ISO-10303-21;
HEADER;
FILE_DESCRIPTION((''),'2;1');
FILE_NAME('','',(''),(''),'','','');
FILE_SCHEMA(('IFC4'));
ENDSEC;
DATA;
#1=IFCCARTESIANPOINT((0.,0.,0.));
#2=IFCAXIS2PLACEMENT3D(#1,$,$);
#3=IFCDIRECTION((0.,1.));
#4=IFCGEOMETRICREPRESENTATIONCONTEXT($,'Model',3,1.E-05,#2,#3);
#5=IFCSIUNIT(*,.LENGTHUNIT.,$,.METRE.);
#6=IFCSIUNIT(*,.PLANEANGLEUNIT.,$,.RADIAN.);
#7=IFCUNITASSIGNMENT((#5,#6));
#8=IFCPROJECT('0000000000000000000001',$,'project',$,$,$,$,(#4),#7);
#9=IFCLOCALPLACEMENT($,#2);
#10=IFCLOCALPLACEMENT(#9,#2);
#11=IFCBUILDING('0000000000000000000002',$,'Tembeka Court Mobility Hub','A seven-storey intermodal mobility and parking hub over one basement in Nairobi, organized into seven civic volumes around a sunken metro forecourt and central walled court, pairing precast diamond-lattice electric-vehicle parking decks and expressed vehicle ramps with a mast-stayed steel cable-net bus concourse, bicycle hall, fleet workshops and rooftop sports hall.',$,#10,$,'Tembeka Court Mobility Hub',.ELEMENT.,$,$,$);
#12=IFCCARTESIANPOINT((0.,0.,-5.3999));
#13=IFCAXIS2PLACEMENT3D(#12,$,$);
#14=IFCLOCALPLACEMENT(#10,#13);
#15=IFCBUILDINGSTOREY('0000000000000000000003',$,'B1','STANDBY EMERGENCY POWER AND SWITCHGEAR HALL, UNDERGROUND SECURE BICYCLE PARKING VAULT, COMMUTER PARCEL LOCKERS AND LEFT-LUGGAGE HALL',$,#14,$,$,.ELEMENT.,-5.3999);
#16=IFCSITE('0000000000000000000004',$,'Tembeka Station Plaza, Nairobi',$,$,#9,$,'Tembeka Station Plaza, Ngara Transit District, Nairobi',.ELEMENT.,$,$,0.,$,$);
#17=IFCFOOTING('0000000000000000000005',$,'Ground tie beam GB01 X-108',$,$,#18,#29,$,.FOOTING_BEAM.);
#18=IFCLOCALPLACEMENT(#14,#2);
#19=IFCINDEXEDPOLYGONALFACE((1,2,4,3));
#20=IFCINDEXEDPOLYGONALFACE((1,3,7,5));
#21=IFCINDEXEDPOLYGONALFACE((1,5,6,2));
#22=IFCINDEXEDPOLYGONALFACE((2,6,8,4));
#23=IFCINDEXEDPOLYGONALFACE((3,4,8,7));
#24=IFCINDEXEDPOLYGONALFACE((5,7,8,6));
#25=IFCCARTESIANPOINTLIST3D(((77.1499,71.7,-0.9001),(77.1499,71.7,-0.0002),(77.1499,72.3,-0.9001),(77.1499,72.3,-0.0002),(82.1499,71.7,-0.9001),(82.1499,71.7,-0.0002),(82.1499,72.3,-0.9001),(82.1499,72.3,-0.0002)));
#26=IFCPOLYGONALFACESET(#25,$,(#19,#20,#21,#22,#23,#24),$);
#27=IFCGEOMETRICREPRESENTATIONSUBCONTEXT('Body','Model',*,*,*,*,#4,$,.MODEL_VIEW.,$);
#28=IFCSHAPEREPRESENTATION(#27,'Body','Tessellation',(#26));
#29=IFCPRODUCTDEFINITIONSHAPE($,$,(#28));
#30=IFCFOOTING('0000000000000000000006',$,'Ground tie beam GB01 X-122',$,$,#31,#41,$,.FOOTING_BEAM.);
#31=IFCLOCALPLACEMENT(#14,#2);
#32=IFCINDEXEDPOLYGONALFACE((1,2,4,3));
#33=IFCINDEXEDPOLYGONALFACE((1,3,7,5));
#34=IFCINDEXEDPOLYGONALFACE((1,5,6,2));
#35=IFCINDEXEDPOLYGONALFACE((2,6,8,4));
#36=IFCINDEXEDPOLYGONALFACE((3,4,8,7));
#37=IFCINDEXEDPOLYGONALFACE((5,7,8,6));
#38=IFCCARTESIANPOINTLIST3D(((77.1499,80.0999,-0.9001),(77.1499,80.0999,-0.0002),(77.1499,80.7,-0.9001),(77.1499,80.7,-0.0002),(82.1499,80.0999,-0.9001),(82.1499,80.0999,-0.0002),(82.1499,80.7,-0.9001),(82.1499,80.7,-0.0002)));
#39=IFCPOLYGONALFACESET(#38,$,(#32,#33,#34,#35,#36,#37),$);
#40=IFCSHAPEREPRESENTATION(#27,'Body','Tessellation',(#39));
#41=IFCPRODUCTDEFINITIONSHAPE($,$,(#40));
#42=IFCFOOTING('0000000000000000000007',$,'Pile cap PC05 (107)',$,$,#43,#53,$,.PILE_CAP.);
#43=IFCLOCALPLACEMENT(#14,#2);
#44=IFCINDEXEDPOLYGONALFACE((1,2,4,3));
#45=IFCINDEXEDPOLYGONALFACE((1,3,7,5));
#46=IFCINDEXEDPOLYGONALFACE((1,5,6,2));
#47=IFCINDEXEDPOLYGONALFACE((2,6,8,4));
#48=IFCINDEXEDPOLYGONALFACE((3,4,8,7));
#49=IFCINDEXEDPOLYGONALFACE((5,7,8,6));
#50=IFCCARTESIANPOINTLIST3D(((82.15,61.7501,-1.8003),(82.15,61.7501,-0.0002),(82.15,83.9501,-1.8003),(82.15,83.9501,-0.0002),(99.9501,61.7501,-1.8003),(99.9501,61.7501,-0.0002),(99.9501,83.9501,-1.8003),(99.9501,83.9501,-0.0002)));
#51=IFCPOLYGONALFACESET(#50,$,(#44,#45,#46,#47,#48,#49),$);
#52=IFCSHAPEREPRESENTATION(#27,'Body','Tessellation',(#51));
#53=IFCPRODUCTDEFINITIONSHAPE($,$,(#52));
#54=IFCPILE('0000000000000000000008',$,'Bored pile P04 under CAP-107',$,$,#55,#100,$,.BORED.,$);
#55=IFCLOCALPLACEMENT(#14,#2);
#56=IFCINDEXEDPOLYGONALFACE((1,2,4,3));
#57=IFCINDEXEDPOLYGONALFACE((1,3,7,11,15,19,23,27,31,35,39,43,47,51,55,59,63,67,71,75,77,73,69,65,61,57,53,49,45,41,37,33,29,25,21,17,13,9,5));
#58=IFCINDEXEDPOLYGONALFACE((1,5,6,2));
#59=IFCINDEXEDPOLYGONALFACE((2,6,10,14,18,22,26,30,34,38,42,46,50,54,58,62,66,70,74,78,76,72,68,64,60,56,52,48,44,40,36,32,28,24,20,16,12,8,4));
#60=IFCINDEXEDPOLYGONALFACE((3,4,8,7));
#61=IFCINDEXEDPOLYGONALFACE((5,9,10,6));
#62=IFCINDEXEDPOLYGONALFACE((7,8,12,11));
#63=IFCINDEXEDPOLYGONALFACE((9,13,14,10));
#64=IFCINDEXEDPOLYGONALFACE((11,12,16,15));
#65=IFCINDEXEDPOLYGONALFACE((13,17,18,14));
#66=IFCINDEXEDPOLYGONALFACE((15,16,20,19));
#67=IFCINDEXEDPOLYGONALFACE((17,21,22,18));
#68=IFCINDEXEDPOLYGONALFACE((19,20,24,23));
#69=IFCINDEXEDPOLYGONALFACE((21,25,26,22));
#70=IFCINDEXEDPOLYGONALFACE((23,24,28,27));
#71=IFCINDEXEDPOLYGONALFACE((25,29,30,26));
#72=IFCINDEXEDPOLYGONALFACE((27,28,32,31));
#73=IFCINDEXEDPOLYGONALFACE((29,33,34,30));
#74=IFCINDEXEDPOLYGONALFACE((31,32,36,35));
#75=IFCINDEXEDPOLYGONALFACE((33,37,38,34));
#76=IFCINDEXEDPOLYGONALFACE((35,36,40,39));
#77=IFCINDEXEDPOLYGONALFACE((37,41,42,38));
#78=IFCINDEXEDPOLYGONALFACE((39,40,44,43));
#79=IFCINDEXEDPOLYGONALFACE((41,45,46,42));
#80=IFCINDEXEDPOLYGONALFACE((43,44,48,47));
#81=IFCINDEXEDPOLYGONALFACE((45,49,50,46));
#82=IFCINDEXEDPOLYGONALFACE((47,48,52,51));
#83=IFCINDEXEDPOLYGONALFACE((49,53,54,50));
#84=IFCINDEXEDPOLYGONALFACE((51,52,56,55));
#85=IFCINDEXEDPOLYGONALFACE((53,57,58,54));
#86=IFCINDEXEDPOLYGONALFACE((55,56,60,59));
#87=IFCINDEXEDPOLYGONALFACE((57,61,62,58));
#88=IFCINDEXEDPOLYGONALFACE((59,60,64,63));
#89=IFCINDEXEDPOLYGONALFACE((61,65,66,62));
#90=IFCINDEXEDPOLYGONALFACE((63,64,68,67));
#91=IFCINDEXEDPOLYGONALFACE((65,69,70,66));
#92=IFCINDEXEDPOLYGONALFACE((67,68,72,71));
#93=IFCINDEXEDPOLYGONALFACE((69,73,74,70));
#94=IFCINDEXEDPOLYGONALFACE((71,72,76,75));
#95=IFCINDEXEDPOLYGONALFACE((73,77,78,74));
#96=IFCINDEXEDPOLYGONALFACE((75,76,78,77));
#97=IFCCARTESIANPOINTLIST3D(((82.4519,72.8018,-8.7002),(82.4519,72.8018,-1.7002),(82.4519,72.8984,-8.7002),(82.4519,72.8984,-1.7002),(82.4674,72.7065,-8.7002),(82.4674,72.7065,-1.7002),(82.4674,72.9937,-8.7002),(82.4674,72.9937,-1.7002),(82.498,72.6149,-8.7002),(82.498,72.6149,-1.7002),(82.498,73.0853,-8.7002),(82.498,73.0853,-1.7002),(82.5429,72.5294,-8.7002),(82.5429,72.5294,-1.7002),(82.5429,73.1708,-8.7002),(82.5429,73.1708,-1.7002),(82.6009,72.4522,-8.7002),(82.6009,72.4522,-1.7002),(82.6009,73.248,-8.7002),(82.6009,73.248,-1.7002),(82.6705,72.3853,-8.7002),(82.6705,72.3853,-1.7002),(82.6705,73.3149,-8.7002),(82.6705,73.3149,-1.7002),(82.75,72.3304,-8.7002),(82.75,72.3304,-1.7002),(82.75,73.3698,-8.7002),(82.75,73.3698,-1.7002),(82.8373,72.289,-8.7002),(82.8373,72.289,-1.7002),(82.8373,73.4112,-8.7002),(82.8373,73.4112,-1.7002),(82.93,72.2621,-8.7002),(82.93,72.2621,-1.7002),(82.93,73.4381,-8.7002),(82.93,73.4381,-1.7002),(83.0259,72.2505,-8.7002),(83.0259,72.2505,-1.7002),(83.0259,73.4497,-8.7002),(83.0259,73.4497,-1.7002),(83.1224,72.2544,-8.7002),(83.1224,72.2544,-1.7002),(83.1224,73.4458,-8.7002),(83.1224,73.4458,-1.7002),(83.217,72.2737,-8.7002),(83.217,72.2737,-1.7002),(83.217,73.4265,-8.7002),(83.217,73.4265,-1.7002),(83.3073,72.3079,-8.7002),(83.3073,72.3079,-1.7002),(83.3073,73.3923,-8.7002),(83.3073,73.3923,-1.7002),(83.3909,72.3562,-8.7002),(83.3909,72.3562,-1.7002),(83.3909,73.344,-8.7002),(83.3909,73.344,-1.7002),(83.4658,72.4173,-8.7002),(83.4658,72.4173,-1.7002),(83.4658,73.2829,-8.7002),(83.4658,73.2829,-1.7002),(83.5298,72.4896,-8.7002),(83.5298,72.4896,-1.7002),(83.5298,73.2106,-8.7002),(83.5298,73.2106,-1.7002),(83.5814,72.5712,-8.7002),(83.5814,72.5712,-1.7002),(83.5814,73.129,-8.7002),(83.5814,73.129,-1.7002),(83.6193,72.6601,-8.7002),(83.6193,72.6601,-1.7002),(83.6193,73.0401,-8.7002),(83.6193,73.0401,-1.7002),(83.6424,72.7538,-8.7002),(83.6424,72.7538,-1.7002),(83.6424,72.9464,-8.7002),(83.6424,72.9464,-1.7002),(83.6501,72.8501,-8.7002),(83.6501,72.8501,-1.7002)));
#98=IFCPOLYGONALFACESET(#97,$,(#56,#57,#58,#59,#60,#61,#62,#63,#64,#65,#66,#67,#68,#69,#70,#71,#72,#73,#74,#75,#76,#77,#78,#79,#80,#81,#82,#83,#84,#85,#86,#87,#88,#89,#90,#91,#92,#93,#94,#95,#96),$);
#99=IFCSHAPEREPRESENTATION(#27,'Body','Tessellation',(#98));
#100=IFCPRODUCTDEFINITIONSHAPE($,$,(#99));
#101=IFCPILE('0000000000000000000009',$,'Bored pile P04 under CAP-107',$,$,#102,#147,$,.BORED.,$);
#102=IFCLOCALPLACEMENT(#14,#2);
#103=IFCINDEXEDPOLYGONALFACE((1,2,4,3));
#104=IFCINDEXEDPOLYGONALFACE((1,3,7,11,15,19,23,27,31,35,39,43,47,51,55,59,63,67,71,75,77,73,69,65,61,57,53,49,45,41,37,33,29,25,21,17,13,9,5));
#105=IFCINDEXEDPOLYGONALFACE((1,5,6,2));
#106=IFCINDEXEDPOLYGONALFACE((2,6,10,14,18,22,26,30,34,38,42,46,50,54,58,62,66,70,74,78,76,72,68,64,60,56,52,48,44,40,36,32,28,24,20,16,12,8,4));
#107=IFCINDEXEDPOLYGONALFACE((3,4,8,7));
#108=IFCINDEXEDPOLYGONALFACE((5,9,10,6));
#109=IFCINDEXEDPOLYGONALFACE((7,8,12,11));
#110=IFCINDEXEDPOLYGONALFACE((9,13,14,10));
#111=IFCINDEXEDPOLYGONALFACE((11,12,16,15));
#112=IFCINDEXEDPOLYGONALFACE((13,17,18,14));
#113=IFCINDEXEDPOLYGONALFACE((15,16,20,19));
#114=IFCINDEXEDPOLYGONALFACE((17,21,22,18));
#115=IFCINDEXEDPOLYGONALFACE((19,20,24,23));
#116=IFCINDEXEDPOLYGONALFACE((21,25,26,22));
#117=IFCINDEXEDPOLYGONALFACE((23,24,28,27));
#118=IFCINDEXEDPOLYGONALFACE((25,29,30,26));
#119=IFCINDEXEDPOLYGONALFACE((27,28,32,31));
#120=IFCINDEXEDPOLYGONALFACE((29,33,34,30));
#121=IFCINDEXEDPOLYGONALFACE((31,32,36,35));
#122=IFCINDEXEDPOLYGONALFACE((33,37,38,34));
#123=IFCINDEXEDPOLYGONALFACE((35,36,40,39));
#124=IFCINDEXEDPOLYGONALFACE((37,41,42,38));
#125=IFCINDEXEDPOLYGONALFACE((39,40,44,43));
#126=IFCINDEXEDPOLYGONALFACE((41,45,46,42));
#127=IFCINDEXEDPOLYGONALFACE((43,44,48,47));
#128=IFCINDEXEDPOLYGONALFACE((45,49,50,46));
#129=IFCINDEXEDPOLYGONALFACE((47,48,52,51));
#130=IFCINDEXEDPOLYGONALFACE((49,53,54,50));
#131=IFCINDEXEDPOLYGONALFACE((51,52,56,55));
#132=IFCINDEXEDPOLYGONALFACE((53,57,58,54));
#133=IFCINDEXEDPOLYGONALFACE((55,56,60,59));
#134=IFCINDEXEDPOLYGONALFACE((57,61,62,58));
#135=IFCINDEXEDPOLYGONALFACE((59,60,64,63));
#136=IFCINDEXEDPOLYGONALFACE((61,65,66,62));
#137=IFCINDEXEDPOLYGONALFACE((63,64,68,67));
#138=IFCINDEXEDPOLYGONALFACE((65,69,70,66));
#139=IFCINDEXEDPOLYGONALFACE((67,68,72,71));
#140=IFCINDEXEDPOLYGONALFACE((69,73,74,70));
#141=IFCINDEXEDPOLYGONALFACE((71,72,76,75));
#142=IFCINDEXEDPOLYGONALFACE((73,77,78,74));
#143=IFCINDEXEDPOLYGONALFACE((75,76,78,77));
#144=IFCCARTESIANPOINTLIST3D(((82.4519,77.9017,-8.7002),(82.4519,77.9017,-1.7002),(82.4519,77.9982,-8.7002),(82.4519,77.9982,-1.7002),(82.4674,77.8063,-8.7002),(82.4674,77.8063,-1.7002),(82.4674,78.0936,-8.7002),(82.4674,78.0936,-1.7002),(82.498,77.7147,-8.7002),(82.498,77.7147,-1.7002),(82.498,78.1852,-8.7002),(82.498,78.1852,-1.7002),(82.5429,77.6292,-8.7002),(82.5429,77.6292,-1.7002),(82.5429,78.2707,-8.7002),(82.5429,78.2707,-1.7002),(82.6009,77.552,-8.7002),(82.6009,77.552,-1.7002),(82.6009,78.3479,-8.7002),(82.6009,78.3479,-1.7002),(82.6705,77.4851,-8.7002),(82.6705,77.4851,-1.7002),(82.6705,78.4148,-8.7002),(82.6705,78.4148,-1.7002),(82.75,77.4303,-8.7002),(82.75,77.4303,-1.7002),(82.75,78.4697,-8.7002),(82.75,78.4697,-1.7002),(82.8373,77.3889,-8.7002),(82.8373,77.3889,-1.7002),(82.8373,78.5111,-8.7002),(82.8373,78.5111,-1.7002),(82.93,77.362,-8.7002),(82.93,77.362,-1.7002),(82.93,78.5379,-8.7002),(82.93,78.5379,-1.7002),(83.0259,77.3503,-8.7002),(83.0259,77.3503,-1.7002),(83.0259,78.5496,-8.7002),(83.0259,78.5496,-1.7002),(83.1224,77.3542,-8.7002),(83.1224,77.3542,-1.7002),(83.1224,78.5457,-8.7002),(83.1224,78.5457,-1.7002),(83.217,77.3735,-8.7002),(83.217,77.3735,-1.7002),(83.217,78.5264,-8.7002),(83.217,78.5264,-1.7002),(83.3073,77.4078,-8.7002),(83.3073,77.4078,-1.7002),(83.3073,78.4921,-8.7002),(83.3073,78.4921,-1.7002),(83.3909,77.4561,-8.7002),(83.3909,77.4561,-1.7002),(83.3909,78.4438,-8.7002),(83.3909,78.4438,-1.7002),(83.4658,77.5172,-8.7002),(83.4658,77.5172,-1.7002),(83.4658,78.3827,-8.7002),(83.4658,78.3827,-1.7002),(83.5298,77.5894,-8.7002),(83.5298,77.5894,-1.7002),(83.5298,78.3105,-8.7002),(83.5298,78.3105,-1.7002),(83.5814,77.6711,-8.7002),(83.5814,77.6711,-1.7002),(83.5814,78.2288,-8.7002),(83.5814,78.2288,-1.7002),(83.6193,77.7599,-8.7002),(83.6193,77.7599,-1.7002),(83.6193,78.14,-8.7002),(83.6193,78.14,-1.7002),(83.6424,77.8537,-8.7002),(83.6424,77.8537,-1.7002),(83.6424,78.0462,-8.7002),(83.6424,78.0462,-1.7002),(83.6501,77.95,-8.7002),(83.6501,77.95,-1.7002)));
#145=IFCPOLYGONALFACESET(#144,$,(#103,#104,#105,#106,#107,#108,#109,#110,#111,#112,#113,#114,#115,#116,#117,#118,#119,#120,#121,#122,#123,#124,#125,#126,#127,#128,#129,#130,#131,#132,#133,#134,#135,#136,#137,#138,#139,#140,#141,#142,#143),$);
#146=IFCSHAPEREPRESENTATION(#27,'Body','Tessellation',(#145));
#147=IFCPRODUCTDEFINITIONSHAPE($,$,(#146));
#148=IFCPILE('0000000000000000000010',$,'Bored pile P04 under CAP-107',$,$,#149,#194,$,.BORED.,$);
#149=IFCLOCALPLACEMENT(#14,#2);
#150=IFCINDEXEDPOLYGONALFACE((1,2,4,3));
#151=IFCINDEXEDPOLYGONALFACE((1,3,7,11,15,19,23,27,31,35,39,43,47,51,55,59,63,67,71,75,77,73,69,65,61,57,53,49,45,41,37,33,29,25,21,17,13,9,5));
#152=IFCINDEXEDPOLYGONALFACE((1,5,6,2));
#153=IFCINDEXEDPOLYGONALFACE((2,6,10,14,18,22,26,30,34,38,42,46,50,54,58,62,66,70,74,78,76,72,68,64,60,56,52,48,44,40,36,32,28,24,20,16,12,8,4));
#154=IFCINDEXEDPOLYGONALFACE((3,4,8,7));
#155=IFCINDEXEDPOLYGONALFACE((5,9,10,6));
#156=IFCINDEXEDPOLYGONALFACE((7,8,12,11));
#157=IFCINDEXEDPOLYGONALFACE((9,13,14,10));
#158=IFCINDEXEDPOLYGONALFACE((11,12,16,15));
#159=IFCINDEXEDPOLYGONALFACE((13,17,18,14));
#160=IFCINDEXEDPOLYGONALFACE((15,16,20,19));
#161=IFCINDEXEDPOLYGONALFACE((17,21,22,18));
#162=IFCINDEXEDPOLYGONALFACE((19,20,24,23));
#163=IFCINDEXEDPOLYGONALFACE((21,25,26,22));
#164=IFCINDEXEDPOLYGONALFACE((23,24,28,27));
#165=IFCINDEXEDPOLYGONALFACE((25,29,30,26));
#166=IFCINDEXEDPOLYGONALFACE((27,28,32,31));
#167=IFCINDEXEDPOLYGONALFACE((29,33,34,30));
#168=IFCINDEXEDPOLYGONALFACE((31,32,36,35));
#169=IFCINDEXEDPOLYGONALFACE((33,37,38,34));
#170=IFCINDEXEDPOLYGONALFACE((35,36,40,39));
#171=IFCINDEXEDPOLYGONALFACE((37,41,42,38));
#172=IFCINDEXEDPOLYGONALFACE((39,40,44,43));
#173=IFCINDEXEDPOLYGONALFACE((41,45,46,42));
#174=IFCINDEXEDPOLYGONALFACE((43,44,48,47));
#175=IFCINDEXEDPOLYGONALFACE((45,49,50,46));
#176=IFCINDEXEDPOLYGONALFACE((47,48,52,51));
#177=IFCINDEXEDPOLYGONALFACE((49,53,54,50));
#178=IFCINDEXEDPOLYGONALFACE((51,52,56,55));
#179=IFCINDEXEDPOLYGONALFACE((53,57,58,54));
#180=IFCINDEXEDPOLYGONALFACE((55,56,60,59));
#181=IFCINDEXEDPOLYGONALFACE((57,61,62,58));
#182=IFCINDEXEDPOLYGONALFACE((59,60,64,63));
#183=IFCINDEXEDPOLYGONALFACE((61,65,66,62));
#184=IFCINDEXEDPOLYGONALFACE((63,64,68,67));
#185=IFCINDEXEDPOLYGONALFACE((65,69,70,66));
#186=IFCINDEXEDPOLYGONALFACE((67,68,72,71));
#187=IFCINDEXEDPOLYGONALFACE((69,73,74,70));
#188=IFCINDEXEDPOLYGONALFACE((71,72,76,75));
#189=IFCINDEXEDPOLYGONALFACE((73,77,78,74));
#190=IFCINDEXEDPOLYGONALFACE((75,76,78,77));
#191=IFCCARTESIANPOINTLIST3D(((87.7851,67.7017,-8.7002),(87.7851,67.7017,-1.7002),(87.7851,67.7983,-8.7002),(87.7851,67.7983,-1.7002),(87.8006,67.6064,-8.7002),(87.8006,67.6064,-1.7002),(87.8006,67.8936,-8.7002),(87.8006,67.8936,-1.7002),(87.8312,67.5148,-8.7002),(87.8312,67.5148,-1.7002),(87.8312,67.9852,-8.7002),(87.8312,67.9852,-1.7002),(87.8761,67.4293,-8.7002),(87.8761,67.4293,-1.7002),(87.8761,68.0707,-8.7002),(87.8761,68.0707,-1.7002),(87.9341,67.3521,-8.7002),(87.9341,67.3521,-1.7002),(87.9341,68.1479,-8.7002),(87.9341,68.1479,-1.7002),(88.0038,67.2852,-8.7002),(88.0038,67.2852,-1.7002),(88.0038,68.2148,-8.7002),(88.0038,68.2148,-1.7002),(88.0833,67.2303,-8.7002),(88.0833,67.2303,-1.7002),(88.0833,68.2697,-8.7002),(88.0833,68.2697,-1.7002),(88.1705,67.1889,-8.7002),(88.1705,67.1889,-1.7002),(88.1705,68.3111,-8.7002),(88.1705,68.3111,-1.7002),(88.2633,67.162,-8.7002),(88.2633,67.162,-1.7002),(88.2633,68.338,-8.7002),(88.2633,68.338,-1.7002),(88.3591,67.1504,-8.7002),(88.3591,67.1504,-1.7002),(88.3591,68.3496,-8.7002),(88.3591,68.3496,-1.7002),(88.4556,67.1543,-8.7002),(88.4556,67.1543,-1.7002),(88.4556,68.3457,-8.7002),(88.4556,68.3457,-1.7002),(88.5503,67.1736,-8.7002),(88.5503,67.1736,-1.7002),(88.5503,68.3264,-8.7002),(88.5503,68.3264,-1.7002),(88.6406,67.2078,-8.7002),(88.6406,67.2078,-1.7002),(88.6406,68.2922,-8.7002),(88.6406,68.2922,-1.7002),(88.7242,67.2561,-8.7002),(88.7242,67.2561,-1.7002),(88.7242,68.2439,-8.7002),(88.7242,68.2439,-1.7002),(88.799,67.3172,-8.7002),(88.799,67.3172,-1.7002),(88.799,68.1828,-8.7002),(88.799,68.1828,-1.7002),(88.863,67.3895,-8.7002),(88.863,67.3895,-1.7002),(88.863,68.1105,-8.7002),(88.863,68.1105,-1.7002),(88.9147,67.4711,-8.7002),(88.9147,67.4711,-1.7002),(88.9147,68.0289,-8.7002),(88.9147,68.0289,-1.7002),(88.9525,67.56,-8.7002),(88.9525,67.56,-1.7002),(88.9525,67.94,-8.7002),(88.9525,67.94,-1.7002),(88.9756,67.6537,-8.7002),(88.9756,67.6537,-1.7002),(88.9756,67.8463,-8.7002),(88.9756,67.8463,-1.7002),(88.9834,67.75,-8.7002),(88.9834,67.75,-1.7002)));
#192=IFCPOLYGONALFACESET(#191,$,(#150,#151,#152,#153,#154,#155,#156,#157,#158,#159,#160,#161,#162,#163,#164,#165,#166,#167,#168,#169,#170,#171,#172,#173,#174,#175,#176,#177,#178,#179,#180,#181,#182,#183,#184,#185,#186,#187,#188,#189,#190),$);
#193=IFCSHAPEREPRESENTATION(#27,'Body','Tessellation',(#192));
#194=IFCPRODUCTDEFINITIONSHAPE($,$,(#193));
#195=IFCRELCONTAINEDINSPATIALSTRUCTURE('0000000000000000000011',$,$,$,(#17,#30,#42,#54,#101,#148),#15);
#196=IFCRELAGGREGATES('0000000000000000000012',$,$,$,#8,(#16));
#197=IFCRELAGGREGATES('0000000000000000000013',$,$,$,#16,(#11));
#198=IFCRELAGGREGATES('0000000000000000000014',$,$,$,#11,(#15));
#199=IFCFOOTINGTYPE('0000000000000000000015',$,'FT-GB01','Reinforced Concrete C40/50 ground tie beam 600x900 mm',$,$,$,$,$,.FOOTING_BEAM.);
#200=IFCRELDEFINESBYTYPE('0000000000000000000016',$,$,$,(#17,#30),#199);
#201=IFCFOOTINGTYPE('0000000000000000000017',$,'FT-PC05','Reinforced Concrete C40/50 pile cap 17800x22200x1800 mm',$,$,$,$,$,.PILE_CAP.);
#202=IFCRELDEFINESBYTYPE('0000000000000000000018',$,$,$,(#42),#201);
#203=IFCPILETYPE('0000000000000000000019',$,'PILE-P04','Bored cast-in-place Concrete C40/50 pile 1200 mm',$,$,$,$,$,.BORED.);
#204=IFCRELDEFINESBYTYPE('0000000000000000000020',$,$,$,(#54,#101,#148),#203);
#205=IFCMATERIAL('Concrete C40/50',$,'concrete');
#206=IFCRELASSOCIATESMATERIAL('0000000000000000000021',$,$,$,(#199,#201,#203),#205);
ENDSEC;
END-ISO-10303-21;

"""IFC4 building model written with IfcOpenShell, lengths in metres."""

from ifc_helpers import new_model, si_unit, direction, frame, origin, origin_2d, place, context, subcontext, project, spatial, rectangle, circle, extrude, material, material_profile, profile_set, type_object, element, save


model = new_model("IFC4")

# Units and contexts
model_context = context("Model", 3, precision=1e-05, world=origin(), true_north=direction((0.0, 1.0)))
body_context = subcontext(model_context, "Body", "Model", "MODEL_VIEW")
ifc_project = project(units=[si_unit("LENGTHUNIT", "METRE"), si_unit("PLANEANGLEUNIT", "RADIAN")], contexts=[model_context])

# Site, building, storey
site_placement = place(None, origin())
site = spatial("IfcSite", under=ifc_project, at=site_placement, Name="Tembeka Station Plaza, Nairobi", LongName="Tembeka Station Plaza, Ngara Transit District, Nairobi", CompositionType="ELEMENT", RefElevation=0.0)
building_placement = place(site_placement, origin())
building = spatial("IfcBuilding", under=site, at=building_placement, Name="Tembeka Court Mobility Hub", Description="A seven-storey intermodal mobility and parking hub over one basement in Nairobi, organized into seven civic volumes around a sunken metro forecourt and central walled court, pairing precast diamond-lattice electric-vehicle parking decks and expressed vehicle ramps with a mast-stayed steel cable-net bus concourse, bicycle hall, fleet workshops and rooftop sports hall.", LongName="Tembeka Court Mobility Hub", CompositionType="ELEMENT")
storey_placement = place(building_placement, frame((0.0, 0.0, -5.3999)))
storey = spatial("IfcBuildingStorey", under=building, at=storey_placement, Name="B1", Description="STANDBY EMERGENCY POWER AND SWITCHGEAR HALL, UNDERGROUND SECURE BICYCLE PARKING VAULT, COMMUTER PARCEL LOCKERS AND LEFT-LUGGAGE HALL", CompositionType="ELEMENT", Elevation=-5.3999)

# Footings
ifc_material_1 = material(Name="Concrete C40/50", Category="concrete")
footing_type_1 = type_object("IfcFootingType", Name="FT-GB01", Description="Reinforced Concrete C40/50 ground tie beam 600x900 mm", PredefinedType="FOOTING_BEAM", material=ifc_material_1)
for number, where, z_axis, x_axis, name in (
    (1, (79.6499, 72.0, -0.9001), (0.0, 0.0, 1.0), (1.0, 0.0, 0.0), "Ground tie beam GB01 X-108"),
    (2, (79.6499, 80.3999, -0.9001), (0.0, 0.0, 1.0), (1.0, 0.0, 0.0), "Ground tie beam GB01 X-122"),
):
    element("IfcFooting", number, at=place(storey_placement, frame(where, z_axis=z_axis, x_axis=x_axis)), inside=storey, type_object=footing_type_1, Name=name, PredefinedType="FOOTING_BEAM", context=body_context, shape_type="SweptSolid", body=[
        extrude(rectangle(XDim=5.0, YDim=0.6001, at=origin_2d()), origin(), (0.0, 0.0, 1.0), 0.8999),
    ])
footing_type_2 = type_object("IfcFootingType", Name="FT-PC05", Description="Reinforced Concrete C40/50 pile cap 17800x22200x1800 mm", PredefinedType="PILE_CAP", material=ifc_material_1)
footing_placement = place(storey_placement, frame((91.05, 72.8501, -1.8003), z_axis=(0.0, 0.0, 1.0), x_axis=(0.0, 1.0, 0.0)))
element("IfcFooting", 3, at=footing_placement, inside=storey, type_object=footing_type_2, Name="Pile cap PC05 (107)", PredefinedType="PILE_CAP", context=body_context, shape_type="SweptSolid", body=[
    extrude(rectangle(XDim=22.2, YDim=17.8, at=origin_2d()), origin(), (0.0, 0.0, 1.0), 1.8),
])

# Piles
ifc_material_profile_1 = material_profile(ifc_material_1, circle(Radius=0.6001, at=origin_2d()), Name="PILE D1200")
ifc_profile_set_1 = profile_set([ifc_material_profile_1], Name="Concrete C40/50")
pile_type = type_object("IfcPileType", Name="PILE-P04", Description="Bored cast-in-place Concrete C40/50 pile 1200 mm", PredefinedType="BORED", material=ifc_profile_set_1)
for number, where, z_axis, x_axis, name in (
    (4, (83.05, 72.8501, -1.7002), (0.0, 0.0, -1.0), (1.0, 0.0, 0.0), "Bored pile P04 under CAP-107"),
    (5, (83.05, 77.95, -1.7002), (0.0, 0.0, -1.0), (1.0, 0.0, 0.0), "Bored pile P04 under CAP-107"),
    (6, (88.3833, 67.75, -1.7002), (0.0, 0.0, -1.0), (1.0, 0.0, 0.0), "Bored pile P04 under CAP-107"),
):
    element("IfcPile", number, at=place(storey_placement, frame(where, z_axis=z_axis, x_axis=x_axis)), inside=storey, type_object=pile_type, Name=name, PredefinedType="BORED", context=body_context, shape_type="SweptSolid", body=[
        extrude(circle(Radius=0.6001, at=origin_2d()), origin(), (0.0, 0.0, 1.0), 7.0),
    ])

save(model, "model.ifc")
